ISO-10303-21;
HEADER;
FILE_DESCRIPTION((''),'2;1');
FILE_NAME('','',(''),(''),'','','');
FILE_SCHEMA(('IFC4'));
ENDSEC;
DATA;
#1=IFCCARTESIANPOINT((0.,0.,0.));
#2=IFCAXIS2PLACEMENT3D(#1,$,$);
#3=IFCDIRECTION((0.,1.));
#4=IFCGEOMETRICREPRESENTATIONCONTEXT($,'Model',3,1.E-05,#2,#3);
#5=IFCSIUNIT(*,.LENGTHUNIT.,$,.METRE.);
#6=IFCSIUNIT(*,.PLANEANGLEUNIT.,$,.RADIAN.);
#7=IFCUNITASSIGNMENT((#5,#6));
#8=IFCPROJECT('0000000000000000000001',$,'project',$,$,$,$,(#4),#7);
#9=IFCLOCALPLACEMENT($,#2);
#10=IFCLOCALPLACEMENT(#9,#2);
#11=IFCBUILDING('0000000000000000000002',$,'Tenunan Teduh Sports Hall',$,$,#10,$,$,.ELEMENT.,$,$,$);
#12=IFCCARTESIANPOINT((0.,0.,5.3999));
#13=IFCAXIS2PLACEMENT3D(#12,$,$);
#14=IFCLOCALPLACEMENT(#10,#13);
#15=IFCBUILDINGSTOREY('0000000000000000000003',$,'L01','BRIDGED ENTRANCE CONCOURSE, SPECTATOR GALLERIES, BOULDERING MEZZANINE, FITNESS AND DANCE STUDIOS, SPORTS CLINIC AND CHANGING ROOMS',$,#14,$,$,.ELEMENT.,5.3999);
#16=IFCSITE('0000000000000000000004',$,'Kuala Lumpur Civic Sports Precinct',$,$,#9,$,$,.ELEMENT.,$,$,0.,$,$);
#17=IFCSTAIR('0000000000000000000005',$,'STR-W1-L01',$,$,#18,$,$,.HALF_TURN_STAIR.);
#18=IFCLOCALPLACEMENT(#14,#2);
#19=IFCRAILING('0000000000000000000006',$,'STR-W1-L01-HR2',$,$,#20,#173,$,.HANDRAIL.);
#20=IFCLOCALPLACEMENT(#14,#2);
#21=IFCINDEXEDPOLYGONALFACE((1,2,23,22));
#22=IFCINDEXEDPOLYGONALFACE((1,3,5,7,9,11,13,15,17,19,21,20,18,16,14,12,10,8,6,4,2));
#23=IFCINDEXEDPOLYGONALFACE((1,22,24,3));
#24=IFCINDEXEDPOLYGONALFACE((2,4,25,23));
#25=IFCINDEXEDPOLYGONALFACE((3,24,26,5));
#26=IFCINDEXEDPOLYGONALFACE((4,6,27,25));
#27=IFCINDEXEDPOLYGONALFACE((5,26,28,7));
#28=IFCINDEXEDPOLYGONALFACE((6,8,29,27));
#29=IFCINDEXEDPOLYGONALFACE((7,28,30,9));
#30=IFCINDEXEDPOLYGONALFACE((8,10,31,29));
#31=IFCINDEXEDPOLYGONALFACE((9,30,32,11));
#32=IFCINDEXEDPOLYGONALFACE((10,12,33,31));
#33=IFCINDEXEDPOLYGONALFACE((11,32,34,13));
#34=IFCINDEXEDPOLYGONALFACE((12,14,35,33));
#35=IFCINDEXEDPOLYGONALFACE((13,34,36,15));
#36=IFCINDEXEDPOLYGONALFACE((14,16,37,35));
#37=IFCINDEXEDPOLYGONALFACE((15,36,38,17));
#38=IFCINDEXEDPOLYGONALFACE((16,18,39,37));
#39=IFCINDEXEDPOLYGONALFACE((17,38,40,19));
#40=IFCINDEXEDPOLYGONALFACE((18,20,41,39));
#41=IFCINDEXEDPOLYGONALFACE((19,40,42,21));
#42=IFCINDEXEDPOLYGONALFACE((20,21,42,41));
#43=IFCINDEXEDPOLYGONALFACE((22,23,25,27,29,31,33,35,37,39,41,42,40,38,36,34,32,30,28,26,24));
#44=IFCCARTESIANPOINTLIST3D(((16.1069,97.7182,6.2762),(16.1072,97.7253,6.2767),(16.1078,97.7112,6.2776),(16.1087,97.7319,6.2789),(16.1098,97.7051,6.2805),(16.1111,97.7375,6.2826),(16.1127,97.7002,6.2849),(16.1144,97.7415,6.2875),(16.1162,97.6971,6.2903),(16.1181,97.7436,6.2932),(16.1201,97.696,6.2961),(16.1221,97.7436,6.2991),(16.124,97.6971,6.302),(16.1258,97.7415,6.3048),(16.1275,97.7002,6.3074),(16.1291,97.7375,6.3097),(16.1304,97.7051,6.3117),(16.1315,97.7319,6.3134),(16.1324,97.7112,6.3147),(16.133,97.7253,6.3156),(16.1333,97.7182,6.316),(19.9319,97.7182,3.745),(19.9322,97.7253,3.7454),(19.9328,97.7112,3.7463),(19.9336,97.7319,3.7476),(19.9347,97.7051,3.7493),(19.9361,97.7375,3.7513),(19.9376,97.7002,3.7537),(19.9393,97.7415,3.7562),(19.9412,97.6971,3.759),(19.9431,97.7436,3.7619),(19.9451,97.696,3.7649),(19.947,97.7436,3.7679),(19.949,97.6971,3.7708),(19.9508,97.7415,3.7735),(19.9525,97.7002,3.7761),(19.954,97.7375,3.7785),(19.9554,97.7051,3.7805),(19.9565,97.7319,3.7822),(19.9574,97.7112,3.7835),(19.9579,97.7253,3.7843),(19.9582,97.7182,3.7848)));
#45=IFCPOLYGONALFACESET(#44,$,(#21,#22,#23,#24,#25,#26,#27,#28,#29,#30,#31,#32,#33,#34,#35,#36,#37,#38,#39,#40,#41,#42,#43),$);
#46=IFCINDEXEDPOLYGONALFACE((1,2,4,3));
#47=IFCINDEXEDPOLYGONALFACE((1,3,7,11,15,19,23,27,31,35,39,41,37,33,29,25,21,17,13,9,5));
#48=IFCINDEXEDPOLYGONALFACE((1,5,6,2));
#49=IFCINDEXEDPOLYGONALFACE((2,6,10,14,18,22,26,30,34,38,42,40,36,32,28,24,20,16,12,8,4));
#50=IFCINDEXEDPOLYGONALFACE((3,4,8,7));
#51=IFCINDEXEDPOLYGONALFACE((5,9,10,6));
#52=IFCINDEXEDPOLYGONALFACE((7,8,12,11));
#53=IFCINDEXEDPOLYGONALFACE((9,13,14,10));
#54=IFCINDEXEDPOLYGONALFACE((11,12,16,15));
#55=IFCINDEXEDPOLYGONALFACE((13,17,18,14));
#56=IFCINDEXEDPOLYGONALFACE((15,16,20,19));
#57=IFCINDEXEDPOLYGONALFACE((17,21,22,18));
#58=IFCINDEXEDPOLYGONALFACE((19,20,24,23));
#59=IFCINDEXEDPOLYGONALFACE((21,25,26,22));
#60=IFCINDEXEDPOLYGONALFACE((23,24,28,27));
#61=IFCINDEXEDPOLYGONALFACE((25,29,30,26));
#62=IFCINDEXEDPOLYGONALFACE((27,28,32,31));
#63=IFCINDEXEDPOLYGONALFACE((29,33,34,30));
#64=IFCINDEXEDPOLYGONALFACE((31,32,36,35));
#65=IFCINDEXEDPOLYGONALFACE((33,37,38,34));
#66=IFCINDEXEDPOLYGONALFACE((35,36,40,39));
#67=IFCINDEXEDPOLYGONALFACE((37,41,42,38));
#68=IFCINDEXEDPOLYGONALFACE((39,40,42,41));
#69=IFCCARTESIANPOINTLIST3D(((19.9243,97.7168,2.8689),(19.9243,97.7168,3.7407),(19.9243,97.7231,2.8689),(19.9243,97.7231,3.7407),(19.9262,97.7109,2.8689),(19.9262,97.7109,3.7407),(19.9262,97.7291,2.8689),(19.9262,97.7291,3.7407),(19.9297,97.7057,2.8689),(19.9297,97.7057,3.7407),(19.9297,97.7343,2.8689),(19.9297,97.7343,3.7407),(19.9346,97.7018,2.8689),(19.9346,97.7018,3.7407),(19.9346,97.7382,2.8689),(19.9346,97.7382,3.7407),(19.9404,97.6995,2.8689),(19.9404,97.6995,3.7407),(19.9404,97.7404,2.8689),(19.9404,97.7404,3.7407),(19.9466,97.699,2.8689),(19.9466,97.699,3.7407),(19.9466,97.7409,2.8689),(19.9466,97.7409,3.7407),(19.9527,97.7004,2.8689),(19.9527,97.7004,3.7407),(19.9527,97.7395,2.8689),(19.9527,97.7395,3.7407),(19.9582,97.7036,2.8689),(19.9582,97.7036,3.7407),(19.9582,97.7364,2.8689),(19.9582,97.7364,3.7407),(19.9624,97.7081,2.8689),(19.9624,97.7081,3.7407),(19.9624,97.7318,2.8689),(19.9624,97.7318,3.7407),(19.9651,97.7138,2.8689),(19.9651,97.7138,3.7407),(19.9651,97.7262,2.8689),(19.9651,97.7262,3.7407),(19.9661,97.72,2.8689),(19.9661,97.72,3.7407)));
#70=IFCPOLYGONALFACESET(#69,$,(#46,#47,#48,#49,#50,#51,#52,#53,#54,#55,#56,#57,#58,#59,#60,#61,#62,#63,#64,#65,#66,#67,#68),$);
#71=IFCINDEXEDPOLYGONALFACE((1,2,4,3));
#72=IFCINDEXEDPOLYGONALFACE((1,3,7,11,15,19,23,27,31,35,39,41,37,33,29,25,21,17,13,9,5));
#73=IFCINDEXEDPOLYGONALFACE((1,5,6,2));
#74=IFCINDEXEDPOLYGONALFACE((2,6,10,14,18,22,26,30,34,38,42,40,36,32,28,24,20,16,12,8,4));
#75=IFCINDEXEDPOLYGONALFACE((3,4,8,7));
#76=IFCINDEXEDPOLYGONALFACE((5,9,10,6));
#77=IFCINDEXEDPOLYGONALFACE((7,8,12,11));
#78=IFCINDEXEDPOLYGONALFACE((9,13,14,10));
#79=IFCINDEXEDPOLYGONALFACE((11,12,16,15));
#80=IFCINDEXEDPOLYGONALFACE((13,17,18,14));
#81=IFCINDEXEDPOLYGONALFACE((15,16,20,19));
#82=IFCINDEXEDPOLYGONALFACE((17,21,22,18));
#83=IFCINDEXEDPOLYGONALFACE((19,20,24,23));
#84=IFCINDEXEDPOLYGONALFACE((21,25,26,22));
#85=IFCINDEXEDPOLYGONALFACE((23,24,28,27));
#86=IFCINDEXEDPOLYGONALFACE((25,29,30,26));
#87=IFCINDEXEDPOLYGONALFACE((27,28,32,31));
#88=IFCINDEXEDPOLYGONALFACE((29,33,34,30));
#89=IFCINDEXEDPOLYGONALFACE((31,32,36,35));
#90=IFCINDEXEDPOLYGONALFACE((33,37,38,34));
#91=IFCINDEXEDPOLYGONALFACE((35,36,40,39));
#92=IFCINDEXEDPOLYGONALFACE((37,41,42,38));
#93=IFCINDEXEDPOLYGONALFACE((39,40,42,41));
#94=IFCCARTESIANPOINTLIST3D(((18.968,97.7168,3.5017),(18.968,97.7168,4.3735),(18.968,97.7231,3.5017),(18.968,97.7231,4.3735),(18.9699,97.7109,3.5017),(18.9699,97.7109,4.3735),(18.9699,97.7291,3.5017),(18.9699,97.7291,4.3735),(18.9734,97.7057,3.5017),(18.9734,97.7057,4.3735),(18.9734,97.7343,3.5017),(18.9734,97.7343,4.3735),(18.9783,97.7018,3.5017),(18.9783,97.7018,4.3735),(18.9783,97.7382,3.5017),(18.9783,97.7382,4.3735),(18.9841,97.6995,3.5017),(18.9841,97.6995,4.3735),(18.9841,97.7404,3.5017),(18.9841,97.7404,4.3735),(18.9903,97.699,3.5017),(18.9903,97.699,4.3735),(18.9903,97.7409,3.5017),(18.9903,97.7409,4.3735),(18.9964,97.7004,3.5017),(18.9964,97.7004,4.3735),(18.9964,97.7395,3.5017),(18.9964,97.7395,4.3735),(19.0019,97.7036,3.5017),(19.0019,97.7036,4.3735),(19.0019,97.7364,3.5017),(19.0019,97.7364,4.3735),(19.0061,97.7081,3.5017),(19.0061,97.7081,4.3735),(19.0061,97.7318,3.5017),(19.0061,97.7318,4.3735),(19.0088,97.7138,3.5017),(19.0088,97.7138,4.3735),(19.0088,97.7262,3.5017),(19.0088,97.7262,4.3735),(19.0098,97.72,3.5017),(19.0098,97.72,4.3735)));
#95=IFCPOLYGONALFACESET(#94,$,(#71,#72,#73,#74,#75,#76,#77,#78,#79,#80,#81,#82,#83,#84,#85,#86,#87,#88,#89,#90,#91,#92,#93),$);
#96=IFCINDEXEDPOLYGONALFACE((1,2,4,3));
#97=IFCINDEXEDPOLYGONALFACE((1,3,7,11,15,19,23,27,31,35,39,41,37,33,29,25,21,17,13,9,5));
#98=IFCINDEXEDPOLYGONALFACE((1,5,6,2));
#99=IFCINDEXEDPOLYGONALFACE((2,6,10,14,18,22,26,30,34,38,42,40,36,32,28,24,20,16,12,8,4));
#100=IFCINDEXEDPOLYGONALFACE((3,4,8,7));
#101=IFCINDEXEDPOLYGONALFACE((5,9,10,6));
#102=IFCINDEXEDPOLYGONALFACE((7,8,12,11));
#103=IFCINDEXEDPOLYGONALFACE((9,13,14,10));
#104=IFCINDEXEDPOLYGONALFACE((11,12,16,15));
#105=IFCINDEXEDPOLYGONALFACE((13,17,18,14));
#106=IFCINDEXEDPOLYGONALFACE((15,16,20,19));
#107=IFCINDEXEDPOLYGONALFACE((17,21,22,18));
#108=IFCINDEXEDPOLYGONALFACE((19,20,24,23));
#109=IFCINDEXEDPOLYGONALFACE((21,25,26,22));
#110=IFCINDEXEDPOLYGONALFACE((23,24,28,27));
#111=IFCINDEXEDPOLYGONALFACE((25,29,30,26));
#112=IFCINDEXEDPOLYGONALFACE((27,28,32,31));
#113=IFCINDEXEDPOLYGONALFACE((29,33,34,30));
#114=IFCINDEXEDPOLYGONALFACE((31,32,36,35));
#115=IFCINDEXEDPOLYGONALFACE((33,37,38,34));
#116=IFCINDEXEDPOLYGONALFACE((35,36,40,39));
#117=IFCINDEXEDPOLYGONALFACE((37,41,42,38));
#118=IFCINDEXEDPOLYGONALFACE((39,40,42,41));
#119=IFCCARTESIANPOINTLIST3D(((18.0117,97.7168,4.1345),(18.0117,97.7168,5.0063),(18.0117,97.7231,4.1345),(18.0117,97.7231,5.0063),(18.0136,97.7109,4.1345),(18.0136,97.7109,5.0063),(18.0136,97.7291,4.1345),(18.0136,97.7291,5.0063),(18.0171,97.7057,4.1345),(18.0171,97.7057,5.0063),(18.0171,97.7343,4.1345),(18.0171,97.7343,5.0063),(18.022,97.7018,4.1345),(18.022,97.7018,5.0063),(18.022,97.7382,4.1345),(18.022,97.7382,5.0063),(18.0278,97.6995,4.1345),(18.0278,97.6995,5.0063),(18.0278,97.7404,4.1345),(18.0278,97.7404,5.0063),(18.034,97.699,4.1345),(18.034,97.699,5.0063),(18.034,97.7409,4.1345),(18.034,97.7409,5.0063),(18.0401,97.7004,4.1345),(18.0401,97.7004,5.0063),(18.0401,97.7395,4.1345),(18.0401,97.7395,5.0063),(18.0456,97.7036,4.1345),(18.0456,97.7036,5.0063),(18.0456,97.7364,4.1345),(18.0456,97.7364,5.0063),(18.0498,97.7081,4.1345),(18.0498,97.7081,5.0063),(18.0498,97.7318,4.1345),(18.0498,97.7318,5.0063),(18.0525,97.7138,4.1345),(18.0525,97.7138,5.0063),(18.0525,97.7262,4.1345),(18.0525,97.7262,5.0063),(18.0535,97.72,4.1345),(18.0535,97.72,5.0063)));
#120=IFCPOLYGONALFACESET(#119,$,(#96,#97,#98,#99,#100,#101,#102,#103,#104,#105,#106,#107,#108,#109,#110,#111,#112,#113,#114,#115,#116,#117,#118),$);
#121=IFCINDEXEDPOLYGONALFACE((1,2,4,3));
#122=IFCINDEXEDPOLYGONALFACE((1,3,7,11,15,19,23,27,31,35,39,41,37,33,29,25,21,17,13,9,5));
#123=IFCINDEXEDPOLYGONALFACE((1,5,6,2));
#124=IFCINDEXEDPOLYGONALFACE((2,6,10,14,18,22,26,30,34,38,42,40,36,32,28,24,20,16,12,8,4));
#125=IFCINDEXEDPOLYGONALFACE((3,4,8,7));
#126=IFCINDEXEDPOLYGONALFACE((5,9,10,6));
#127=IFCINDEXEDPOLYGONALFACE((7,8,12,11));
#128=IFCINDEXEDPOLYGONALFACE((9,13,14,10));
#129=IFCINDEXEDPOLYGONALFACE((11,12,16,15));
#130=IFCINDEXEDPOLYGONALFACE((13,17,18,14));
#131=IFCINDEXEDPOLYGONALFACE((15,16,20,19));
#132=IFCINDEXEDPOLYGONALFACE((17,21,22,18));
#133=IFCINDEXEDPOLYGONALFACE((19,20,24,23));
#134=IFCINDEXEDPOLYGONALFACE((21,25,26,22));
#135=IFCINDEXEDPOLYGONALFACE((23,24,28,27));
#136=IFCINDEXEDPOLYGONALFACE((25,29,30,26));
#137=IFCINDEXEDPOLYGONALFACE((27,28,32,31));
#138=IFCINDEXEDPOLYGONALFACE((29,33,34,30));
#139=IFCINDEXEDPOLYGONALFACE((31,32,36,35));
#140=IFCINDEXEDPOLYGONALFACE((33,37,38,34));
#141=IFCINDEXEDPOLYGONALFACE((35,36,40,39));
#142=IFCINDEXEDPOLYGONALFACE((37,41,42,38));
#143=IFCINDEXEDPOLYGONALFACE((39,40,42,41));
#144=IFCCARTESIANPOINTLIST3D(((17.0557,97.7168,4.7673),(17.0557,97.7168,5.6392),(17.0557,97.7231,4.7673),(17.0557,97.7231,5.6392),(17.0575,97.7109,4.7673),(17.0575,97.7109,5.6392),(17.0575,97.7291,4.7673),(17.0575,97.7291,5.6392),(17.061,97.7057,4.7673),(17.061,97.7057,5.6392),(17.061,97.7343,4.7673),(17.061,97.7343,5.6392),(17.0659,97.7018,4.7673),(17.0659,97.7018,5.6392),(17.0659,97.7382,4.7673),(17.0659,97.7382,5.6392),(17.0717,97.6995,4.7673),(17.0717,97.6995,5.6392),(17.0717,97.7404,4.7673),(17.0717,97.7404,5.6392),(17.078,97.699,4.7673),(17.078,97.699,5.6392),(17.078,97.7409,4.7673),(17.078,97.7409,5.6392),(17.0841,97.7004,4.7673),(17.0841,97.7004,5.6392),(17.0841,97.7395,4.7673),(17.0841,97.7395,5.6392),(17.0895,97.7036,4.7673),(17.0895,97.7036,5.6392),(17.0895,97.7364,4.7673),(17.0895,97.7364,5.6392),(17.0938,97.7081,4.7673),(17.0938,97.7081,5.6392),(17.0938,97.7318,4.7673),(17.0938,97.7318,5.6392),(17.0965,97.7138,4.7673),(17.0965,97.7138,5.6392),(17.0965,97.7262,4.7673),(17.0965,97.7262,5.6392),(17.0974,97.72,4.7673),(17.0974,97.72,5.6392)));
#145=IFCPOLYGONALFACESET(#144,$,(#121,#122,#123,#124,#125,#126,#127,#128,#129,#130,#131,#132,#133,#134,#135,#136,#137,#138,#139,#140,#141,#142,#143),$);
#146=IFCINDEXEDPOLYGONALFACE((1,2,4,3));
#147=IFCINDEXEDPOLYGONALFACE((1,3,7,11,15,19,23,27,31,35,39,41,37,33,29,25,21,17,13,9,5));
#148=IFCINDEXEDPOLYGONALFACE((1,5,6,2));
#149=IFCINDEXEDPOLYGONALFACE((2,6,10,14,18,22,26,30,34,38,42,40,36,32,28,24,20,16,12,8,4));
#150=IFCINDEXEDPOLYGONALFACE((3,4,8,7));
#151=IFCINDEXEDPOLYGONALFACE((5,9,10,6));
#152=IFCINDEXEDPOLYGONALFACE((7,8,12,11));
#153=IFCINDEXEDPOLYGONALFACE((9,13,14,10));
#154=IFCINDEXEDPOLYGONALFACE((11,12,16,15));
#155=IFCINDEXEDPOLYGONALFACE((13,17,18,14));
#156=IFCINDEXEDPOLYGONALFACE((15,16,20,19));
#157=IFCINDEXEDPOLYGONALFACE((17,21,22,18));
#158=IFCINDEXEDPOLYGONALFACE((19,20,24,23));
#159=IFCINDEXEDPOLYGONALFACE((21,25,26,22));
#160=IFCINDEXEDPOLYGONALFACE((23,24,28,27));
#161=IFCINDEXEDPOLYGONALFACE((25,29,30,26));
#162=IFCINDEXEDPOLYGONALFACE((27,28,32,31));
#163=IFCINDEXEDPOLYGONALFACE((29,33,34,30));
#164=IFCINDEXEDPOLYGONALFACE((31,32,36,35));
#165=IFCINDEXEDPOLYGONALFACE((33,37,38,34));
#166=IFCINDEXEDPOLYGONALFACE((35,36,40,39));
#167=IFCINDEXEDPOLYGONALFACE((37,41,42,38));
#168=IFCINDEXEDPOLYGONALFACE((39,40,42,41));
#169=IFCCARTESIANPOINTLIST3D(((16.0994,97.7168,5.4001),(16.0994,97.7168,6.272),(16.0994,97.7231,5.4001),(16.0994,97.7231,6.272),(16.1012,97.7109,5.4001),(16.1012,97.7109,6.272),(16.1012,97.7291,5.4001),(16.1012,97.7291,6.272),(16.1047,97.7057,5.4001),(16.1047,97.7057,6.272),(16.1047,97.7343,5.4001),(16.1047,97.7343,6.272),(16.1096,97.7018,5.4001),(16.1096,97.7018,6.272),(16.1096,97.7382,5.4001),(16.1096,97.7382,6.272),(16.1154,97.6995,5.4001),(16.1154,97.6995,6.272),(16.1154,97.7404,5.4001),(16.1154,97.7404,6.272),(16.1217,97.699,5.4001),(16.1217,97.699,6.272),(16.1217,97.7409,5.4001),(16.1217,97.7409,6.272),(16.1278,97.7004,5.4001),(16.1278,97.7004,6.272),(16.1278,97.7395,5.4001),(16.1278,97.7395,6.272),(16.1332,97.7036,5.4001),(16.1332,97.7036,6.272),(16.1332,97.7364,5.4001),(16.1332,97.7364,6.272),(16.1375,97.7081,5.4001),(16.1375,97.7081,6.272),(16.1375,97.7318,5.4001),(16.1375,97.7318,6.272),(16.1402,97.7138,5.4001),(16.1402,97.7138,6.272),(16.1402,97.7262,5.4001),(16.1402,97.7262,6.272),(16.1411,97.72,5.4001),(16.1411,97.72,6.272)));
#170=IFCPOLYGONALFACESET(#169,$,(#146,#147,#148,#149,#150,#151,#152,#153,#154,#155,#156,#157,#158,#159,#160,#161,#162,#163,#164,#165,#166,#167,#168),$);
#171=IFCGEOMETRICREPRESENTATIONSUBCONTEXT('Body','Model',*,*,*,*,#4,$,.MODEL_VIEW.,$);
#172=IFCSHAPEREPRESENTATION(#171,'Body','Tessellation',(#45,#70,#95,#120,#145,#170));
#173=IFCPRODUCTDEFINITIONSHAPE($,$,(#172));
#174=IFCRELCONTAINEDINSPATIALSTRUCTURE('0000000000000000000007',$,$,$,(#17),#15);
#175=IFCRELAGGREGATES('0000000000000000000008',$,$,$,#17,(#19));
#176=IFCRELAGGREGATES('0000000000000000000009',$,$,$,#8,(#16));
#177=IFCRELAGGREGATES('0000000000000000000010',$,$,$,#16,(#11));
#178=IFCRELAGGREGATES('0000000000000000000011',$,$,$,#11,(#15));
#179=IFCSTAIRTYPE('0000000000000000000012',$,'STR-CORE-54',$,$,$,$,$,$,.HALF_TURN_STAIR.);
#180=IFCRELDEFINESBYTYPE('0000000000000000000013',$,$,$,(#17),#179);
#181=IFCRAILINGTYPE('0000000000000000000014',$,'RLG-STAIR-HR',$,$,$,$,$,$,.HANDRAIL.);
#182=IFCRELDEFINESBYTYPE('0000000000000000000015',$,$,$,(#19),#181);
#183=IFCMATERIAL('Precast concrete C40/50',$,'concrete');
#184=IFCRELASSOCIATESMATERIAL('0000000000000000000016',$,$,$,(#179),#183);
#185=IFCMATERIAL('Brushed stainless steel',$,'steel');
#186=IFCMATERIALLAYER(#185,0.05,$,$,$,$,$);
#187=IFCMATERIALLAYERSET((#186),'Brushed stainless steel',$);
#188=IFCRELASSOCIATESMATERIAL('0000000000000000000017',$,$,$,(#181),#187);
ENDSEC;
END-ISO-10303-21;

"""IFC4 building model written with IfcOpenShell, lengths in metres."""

from ifc_helpers import new_model, si_unit, direction, frame, origin, origin_2d, place, context, subcontext, project, spatial, circle, extrude, material, layer, layer_set, type_object, element, aggregate, save


model = new_model("IFC4")

# Units and contexts
model_context = context("Model", 3, precision=1e-05, world=origin(), true_north=direction((0.0, 1.0)))
body_context = subcontext(model_context, "Body", "Model", "MODEL_VIEW")
ifc_project = project(units=[si_unit("LENGTHUNIT", "METRE"), si_unit("PLANEANGLEUNIT", "RADIAN")], contexts=[model_context])

# Site, building, storey
site_placement = place(None, origin())
site = spatial("IfcSite", under=ifc_project, at=site_placement, Name="Kuala Lumpur Civic Sports Precinct", CompositionType="ELEMENT", RefElevation=0.0)
building_placement = place(site_placement, origin())
building = spatial("IfcBuilding", under=site, at=building_placement, Name="Tenunan Teduh Sports Hall", CompositionType="ELEMENT")
storey_placement = place(building_placement, frame((0.0, 0.0, 5.3999)))
storey = spatial("IfcBuildingStorey", under=building, at=storey_placement, Name="L01", Description="BRIDGED ENTRANCE CONCOURSE, SPECTATOR GALLERIES, BOULDERING MEZZANINE, FITNESS AND DANCE STUDIOS, SPORTS CLINIC AND CHANGING ROOMS", CompositionType="ELEMENT", Elevation=5.3999)

# Stair
ifc_material_1 = material(Name="Precast concrete C40/50", Category="concrete")
stair_type = type_object("IfcStairType", Name="STR-CORE-54", PredefinedType="HALF_TURN_STAIR", material=ifc_material_1)
stair_placement = place(storey_placement, origin())
stair = element("IfcStair", 1, at=stair_placement, inside=storey, type_object=stair_type, Name="STR-W1-L01", PredefinedType="HALF_TURN_STAIR")

# Railing
ifc_material_2 = material(Name="Brushed stainless steel", Category="steel")
ifc_layer_1 = layer(ifc_material_2, 0.05)
ifc_layer_set_1 = layer_set([ifc_layer_1], Name="Brushed stainless steel")
railing_type_1 = type_object("IfcRailingType", Name="RLG-STAIR-HR", PredefinedType="HANDRAIL", material=ifc_layer_set_1)
railing_1_placement = place(storey_placement, frame((19.9451, 97.72, 2.8689)))
railing_1 = element("IfcRailing", 2, at=railing_1_placement, type_object=railing_type_1, Name="STR-W1-L01-HR2", PredefinedType="HANDRAIL", context=body_context, shape_type="SweptSolid", body=[
    extrude(circle(Radius=0.0239, at=origin_2d()), frame((0.0, 0.0, 0.896), z_axis=(-0.833929, 0.0, 0.551872), x_axis=(0.0, -1.0, 0.0)), (0.0, 0.0, 1.0), 4.5867),
    extrude(circle(Radius=0.021, at=origin_2d()), origin(), (0.0, 0.0, 1.0), 0.8718),
    extrude(circle(Radius=0.021, at=origin_2d()), frame((-0.9563, 0.0, 0.6328)), (0.0, 0.0, 1.0), 0.8718),
    extrude(circle(Radius=0.021, at=origin_2d()), frame((-1.9126, 0.0, 1.2656)), (0.0, 0.0, 1.0), 0.8718),
    extrude(circle(Radius=0.021, at=origin_2d()), frame((-2.8687, 0.0, 1.8984)), (0.0, 0.0, 1.0), 0.8718),
    extrude(circle(Radius=0.021, at=origin_2d()), frame((-3.825, 0.0, 2.5312)), (0.0, 0.0, 1.0), 0.8718),
])
aggregate(stair, [railing_1])

save(model, "model.ifc")
